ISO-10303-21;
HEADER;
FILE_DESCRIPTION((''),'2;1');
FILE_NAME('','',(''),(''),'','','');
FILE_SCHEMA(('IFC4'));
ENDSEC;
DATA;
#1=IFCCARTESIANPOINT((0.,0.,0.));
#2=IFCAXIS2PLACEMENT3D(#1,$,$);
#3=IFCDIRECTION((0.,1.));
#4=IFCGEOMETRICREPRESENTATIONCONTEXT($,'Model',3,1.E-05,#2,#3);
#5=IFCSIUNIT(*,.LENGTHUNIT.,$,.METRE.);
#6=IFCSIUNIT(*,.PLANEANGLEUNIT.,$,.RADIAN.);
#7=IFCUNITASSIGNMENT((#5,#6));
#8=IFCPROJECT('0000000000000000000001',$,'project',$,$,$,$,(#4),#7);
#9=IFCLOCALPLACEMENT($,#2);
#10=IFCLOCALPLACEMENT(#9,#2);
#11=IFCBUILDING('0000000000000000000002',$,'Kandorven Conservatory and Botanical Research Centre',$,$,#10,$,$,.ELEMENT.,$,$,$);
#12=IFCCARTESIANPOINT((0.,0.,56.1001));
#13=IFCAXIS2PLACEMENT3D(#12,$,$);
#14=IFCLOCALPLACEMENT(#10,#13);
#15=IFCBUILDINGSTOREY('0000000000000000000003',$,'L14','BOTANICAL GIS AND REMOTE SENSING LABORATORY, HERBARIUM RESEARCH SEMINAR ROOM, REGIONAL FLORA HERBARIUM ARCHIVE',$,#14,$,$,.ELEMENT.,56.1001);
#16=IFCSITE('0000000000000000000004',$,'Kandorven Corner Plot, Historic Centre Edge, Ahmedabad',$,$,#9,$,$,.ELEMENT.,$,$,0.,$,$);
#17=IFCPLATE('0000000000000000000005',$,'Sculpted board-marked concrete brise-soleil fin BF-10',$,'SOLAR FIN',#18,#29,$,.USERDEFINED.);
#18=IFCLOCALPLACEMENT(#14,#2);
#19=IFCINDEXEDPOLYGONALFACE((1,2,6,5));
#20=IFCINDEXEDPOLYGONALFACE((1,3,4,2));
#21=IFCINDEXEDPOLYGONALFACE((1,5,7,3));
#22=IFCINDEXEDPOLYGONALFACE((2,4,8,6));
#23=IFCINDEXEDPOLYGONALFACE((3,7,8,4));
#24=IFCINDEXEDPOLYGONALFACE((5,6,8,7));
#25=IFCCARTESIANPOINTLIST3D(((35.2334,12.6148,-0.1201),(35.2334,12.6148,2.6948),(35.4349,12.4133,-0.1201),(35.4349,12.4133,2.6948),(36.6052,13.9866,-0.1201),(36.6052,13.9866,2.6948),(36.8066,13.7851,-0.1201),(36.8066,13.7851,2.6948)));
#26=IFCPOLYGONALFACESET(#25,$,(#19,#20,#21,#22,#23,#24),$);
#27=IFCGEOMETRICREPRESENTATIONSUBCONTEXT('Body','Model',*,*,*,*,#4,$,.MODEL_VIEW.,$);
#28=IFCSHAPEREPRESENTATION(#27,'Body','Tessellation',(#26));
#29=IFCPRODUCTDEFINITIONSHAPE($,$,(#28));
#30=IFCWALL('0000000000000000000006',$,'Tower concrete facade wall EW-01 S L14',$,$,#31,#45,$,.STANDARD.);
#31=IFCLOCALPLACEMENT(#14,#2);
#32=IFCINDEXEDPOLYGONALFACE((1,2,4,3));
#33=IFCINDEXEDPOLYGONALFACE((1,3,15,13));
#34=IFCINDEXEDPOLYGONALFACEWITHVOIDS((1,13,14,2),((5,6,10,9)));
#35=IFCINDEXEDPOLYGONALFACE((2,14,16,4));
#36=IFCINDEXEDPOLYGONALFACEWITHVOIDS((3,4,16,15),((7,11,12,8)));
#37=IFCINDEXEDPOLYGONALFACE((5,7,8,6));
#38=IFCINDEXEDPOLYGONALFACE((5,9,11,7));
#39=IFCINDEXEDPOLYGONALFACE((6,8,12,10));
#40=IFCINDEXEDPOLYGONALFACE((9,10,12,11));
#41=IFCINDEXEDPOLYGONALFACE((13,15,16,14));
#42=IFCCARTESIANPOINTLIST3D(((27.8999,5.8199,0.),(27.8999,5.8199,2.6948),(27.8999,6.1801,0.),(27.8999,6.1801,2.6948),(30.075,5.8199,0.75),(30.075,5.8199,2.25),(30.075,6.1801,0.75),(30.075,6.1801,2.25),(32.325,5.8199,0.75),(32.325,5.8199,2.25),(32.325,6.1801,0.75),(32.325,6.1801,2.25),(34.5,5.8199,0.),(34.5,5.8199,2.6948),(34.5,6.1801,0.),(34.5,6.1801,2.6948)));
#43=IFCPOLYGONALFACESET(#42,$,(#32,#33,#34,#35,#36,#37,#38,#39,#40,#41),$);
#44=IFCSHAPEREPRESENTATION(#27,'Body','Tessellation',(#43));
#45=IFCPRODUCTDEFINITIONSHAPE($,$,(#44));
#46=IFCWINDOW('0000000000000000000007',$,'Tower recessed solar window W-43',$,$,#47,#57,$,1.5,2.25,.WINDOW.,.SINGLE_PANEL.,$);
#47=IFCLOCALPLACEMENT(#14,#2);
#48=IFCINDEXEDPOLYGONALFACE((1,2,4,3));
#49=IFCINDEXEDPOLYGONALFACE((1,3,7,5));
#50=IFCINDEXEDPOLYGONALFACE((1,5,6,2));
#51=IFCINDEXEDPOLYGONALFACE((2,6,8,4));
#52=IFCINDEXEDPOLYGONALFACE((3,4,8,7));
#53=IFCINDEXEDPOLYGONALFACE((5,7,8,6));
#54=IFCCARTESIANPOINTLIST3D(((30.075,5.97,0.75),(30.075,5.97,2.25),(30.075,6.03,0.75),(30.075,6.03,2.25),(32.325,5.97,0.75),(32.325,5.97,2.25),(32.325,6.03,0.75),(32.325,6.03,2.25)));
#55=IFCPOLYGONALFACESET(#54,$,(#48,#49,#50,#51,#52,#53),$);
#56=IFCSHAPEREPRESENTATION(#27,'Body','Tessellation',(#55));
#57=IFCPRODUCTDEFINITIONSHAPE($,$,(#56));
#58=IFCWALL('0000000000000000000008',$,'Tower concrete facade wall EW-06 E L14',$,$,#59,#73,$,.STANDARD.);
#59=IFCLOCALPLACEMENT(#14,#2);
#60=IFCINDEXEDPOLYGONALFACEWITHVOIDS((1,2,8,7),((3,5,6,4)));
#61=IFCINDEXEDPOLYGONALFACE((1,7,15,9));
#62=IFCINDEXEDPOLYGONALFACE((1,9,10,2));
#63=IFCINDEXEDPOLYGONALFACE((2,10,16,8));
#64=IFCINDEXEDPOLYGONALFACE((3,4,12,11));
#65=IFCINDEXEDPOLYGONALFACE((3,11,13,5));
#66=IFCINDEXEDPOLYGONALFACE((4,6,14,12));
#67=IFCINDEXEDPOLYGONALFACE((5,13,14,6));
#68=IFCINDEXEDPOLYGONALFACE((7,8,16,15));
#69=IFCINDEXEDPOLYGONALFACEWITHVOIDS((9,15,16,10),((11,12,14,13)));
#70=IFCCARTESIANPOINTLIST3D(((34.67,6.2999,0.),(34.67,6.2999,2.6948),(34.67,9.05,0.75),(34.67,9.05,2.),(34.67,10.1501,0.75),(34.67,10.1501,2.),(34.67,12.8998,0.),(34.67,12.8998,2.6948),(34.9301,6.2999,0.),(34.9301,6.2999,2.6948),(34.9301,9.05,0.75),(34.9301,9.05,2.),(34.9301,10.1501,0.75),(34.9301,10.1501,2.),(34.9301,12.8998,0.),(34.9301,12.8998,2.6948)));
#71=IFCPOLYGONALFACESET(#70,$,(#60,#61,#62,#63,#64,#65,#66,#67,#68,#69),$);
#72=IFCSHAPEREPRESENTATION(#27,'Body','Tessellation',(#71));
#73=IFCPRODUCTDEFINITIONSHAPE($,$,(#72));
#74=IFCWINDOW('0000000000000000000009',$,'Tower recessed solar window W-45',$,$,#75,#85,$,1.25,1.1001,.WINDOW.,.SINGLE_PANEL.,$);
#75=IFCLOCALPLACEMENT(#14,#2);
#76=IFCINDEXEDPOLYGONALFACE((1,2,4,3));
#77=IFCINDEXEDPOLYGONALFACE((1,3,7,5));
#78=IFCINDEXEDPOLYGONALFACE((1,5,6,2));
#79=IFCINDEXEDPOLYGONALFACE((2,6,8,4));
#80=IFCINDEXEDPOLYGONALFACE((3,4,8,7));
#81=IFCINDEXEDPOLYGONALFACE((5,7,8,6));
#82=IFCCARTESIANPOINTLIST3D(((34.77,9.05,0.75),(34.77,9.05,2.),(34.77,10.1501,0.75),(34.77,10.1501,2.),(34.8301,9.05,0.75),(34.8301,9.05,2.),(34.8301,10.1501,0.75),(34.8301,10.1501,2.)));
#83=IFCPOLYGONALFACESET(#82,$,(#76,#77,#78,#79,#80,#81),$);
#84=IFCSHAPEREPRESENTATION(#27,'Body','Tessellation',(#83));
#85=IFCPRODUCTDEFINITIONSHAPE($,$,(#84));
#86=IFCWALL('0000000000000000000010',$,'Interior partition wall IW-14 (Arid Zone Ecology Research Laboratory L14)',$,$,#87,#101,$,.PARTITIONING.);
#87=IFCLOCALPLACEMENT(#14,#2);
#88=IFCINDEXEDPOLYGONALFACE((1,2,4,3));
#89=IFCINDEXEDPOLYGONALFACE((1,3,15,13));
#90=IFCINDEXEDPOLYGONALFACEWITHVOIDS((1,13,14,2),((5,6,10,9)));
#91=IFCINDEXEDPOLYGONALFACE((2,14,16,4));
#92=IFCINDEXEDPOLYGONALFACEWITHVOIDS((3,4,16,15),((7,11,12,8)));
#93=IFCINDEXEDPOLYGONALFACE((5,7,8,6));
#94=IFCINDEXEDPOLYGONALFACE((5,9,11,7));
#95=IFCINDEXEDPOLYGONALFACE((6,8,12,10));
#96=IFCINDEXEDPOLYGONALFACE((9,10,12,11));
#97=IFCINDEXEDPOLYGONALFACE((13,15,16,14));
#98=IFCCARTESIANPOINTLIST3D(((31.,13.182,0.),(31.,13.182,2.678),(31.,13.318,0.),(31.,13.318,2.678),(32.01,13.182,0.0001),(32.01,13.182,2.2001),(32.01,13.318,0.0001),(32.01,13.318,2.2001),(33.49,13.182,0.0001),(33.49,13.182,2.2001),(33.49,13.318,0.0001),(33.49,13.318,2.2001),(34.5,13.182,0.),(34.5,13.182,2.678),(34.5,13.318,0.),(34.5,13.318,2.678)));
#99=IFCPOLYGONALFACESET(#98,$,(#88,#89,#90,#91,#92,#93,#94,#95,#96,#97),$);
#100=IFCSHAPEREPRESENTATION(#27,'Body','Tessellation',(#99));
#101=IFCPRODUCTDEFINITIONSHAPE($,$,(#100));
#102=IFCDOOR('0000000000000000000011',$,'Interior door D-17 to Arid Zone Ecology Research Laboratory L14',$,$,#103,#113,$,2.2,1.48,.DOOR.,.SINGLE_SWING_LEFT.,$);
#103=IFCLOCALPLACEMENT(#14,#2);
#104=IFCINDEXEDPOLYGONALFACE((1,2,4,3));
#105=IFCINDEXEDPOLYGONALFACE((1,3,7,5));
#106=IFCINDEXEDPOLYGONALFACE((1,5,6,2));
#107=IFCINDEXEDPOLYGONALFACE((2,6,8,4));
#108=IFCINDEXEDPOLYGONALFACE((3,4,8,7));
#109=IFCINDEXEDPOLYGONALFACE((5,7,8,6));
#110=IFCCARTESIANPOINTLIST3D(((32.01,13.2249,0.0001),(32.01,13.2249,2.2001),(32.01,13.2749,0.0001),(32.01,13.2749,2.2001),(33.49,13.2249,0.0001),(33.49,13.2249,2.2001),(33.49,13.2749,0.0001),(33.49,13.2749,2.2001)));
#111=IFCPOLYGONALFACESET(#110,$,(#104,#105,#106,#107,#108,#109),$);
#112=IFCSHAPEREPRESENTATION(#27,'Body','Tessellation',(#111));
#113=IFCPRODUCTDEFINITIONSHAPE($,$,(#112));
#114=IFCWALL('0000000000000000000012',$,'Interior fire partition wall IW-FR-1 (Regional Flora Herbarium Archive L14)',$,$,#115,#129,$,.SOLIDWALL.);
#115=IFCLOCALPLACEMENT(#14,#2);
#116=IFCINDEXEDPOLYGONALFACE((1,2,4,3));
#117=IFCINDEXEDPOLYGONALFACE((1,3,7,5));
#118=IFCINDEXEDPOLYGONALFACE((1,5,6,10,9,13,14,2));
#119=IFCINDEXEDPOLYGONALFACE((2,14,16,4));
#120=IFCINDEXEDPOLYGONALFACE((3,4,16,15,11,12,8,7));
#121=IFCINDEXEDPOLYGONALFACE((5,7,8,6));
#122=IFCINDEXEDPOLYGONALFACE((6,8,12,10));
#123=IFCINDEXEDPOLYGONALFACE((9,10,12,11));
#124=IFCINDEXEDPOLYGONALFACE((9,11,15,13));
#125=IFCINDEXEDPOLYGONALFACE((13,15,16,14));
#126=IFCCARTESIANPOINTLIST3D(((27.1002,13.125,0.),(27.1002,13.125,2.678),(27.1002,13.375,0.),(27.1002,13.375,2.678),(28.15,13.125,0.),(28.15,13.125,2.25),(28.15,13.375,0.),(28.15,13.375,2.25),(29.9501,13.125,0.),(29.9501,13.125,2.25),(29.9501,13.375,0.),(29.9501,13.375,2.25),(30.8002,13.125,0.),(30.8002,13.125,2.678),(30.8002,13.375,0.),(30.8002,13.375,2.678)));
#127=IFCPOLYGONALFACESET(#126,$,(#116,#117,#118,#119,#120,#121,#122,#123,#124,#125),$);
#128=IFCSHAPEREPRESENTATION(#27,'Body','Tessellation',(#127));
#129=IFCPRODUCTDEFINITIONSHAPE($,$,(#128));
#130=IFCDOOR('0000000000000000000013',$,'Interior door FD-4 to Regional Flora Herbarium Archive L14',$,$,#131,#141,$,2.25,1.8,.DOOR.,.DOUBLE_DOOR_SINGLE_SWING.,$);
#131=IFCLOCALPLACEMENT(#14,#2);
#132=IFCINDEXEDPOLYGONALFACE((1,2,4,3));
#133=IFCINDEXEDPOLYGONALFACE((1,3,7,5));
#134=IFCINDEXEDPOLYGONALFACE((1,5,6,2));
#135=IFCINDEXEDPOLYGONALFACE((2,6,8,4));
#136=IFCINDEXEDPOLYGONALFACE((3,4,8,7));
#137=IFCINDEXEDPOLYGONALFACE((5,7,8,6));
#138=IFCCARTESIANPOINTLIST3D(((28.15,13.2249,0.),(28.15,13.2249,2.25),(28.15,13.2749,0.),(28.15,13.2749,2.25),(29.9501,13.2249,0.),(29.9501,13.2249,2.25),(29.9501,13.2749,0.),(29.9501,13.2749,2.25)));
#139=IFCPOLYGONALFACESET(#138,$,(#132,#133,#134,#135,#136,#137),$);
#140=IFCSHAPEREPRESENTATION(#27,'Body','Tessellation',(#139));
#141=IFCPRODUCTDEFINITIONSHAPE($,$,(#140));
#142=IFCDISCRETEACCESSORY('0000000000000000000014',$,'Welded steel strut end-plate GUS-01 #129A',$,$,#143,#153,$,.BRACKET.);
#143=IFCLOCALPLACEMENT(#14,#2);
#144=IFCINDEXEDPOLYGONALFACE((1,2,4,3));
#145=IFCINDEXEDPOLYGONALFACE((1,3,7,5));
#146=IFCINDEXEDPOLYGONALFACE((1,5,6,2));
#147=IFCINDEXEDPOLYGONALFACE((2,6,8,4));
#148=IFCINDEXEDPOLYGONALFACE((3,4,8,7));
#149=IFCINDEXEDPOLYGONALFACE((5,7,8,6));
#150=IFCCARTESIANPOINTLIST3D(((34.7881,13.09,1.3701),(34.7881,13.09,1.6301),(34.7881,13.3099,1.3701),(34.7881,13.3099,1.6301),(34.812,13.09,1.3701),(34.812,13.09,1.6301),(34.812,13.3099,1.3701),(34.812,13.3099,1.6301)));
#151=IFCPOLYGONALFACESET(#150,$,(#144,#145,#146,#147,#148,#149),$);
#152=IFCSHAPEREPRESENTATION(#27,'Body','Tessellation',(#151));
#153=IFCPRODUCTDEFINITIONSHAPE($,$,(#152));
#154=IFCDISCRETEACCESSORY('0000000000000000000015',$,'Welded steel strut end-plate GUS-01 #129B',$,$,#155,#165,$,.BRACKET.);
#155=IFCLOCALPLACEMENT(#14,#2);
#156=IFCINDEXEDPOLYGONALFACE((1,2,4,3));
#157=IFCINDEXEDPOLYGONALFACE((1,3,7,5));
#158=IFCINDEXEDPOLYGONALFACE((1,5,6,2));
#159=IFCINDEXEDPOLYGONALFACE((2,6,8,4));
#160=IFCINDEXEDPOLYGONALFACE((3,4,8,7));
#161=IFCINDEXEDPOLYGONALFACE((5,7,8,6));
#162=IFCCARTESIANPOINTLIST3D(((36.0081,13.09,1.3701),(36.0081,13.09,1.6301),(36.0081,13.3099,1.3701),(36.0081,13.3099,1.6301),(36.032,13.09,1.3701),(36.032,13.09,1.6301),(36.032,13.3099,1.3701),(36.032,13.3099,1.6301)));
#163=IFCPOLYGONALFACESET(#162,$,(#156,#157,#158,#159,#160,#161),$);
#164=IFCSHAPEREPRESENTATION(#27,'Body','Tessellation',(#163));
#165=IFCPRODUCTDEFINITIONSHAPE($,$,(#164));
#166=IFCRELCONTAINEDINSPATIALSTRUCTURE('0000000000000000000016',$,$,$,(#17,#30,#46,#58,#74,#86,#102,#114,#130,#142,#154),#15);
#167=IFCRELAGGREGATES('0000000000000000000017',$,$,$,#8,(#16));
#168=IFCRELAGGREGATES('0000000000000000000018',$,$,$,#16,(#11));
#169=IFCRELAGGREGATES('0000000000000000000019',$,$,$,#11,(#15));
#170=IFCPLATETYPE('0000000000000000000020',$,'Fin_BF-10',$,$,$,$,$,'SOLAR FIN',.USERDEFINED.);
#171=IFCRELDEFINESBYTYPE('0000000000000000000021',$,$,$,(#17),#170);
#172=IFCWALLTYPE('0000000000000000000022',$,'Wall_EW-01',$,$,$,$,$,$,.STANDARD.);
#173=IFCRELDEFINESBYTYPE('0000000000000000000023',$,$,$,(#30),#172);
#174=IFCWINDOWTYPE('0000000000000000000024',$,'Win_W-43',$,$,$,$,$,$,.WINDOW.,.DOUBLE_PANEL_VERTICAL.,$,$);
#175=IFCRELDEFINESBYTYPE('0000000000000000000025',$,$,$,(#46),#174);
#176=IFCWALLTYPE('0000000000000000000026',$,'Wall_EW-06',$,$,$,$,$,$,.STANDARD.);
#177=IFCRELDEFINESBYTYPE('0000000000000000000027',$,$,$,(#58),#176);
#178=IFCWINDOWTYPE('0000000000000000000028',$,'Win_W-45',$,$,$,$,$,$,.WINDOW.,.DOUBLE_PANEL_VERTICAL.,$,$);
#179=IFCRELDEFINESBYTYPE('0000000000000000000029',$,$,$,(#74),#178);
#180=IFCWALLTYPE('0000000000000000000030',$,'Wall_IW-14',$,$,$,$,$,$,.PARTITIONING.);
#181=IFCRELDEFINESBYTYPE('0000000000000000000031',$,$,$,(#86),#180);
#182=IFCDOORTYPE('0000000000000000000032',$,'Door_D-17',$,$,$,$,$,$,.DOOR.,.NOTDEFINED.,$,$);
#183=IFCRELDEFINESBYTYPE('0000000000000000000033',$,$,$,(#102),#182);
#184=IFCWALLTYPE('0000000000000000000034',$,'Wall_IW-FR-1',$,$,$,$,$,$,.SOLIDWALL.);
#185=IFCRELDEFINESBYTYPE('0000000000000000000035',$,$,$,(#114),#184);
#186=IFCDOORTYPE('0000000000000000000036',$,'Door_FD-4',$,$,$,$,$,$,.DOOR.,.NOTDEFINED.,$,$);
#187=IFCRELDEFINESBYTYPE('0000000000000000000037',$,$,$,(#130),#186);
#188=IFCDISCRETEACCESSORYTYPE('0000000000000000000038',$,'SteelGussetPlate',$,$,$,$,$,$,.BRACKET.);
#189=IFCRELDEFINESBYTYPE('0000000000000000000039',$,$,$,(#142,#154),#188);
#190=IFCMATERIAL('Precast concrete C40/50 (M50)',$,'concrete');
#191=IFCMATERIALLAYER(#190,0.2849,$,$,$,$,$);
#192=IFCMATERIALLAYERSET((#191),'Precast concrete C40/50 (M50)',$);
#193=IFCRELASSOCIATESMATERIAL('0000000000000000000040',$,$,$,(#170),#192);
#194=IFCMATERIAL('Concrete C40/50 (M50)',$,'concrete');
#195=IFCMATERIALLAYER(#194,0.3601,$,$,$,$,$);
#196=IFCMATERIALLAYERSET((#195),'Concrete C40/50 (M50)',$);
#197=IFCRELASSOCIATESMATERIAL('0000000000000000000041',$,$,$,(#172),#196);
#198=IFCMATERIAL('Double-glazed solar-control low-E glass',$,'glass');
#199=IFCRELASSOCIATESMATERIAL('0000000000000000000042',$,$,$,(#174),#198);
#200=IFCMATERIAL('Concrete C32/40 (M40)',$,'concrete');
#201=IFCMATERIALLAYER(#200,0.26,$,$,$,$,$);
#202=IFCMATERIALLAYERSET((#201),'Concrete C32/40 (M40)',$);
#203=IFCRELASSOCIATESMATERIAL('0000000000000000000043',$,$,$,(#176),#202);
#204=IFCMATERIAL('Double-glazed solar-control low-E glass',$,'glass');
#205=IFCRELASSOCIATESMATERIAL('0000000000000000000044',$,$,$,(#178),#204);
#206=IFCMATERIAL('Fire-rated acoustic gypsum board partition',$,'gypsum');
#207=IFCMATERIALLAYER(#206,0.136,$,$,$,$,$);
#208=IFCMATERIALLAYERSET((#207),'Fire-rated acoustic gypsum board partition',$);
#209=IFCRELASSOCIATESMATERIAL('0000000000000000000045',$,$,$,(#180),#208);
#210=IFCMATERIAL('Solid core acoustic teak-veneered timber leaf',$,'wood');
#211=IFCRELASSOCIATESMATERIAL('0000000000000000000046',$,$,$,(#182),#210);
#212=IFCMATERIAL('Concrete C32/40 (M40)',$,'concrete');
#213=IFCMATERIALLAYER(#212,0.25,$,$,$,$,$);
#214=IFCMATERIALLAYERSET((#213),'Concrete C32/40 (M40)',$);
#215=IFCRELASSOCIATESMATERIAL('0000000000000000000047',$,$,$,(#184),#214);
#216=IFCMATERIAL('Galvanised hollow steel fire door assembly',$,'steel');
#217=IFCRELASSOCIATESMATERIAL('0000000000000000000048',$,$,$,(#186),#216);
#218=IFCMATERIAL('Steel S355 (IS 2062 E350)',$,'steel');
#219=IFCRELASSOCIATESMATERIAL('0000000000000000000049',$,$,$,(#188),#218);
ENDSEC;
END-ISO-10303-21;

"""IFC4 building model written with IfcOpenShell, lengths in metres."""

from ifc_helpers import new_model, si_unit, direction, frame, frame_2d, origin, origin_2d, place, context, subcontext, project, spatial, rectangle, extrude, material, layer, layer_set, type_object, element, fill, save


model = new_model("IFC4")

# Units and contexts
model_context = context("Model", 3, precision=1e-05, world=origin(), true_north=direction((0.0, 1.0)))
body_context = subcontext(model_context, "Body", "Model", "MODEL_VIEW")
ifc_project = project(units=[si_unit("LENGTHUNIT", "METRE"), si_unit("PLANEANGLEUNIT", "RADIAN")], contexts=[model_context])

# Site, building, storey
site_placement = place(None, origin())
site = spatial("IfcSite", under=ifc_project, at=site_placement, Name="Kandorven Corner Plot, Historic Centre Edge, Ahmedabad", CompositionType="ELEMENT", RefElevation=0.0)
building_placement = place(site_placement, origin())
building = spatial("IfcBuilding", under=site, at=building_placement, Name="Kandorven Conservatory and Botanical Research Centre", CompositionType="ELEMENT")
storey_placement = place(building_placement, frame((0.0, 0.0, 56.1001)))
storey = spatial("IfcBuildingStorey", under=building, at=storey_placement, Name="L14", Description="BOTANICAL GIS AND REMOTE SENSING LABORATORY, HERBARIUM RESEARCH SEMINAR ROOM, REGIONAL FLORA HERBARIUM ARCHIVE", CompositionType="ELEMENT", Elevation=56.1001)

# Plate
ifc_material_1 = material(Name="Precast concrete C40/50 (M50)", Category="concrete")
ifc_layer_1 = layer(ifc_material_1, 0.2849)
ifc_layer_set_1 = layer_set([ifc_layer_1], Name="Precast concrete C40/50 (M50)")
plate_type_1 = type_object("IfcPlateType", Name="Fin_BF-10", ElementType="SOLAR FIN", PredefinedType="USERDEFINED", material=ifc_layer_set_1)
plate_1_placement = place(storey_placement, frame((36.02, 13.2, -0.1201), z_axis=(0.0, 0.0, 1.0), x_axis=(0.707107, 0.707107, 0.0)))
element("IfcPlate", 1, at=plate_1_placement, inside=storey, type_object=plate_type_1, Name="Sculpted board-marked concrete brise-soleil fin BF-10", ObjectType="SOLAR FIN", PredefinedType="USERDEFINED", context=body_context, shape_type="SweptSolid", body=[
    extrude(rectangle(XDim=1.9399, YDim=0.2849, at=origin_2d()), origin(), (0.0, 0.0, 1.0), 2.8149),
])

# Walls, openings, windows
ifc_material_2 = material(Name="Concrete C40/50 (M50)", Category="concrete")
ifc_layer_2 = layer(ifc_material_2, 0.3601)
ifc_layer_set_2 = layer_set([ifc_layer_2], Name="Concrete C40/50 (M50)")
wall_type_1 = type_object("IfcWallType", Name="Wall_EW-01", PredefinedType="STANDARD", material=ifc_layer_set_2)
wall_1_placement = place(storey_placement, frame((27.8999, 6.0, 0.0), z_axis=(0.0, 0.0, 1.0), x_axis=(1.0, 0.0, 0.0)))
wall_1 = element("IfcWall", 2, at=wall_1_placement, inside=storey, type_object=wall_type_1, Name="Tower concrete facade wall EW-01 S L14", PredefinedType="STANDARD", context=body_context, shape_type="SweptSolid", body=[
    extrude(rectangle(XDim=6.6001, YDim=0.3601, at=frame_2d((3.3, 0.0))), origin(), (0.0, 0.0, 1.0), 2.6948),
])
opening_1_placement = place(wall_1_placement, frame((2.175, 0.0, 0.75)))
opening_1 = element("IfcOpeningElement", 3, at=opening_1_placement, cuts=wall_1, PredefinedType="OPENING", context=body_context, shape_type="SweptSolid", body=[
    extrude(rectangle(XDim=2.25, YDim=1.5, at=frame_2d((1.125, 0.75))), frame((0.0, 0.1899, 0.0), z_axis=(0.0, -1.0, 0.0), x_axis=(1.0, 0.0, 0.0)), (0.0, 0.0, 1.0), 0.3801),
])
ifc_material_3 = material(Name="Double-glazed solar-control low-E glass", Category="glass")
window_type_1 = type_object("IfcWindowType", Name="Win_W-43", PartitioningType="DOUBLE_PANEL_VERTICAL", PredefinedType="WINDOW", material=ifc_material_3)
window_1_placement = place(opening_1_placement, origin())
window_1 = element("IfcWindow", 4, at=window_1_placement, inside=storey, type_object=window_type_1, Name="Tower recessed solar window W-43", OverallHeight=1.5, OverallWidth=2.25, PartitioningType="SINGLE_PANEL", PredefinedType="WINDOW", context=body_context, shape_type="SweptSolid", body=[
    extrude(rectangle(XDim=2.25, YDim=1.5, at=frame_2d((1.125, 0.75))), frame((0.0, 0.03, 0.0), z_axis=(0.0, -1.0, 0.0), x_axis=(1.0, 0.0, 0.0)), (0.0, 0.0, 1.0), 0.0601),
])
fill(opening_1, window_1)
ifc_material_4 = material(Name="Concrete C32/40 (M40)", Category="concrete")
ifc_layer_3 = layer(ifc_material_4, 0.26)
ifc_layer_set_3 = layer_set([ifc_layer_3], Name="Concrete C32/40 (M40)")
wall_type_2 = type_object("IfcWallType", Name="Wall_EW-06", PredefinedType="STANDARD", material=ifc_layer_set_3)
wall_2_placement = place(storey_placement, frame((34.8, 6.3, 0.0), z_axis=(0.0, 0.0, 1.0), x_axis=(0.0, 1.0, 0.0)))
wall_2 = element("IfcWall", 5, at=wall_2_placement, inside=storey, type_object=wall_type_2, Name="Tower concrete facade wall EW-06 E L14", PredefinedType="STANDARD", context=body_context, shape_type="SweptSolid", body=[
    extrude(rectangle(XDim=6.5999, YDim=0.26, at=frame_2d((3.2998, 0.0))), origin(), (0.0, 0.0, 1.0), 2.6948),
])
opening_2_placement = place(wall_2_placement, frame((2.75, 0.0, 0.75)))
opening_2 = element("IfcOpeningElement", 6, at=opening_2_placement, cuts=wall_2, PredefinedType="OPENING", context=body_context, shape_type="SweptSolid", body=[
    extrude(rectangle(XDim=1.1001, YDim=1.25, at=frame_2d((0.55, 0.625))), frame((0.0, 0.1399, 0.0), z_axis=(0.0, -1.0, 0.0), x_axis=(1.0, 0.0, 0.0)), (0.0, 0.0, 1.0), 0.28),
])
ifc_material_5 = material(Name="Double-glazed solar-control low-E glass", Category="glass")
window_type_2 = type_object("IfcWindowType", Name="Win_W-45", PartitioningType="DOUBLE_PANEL_VERTICAL", PredefinedType="WINDOW", material=ifc_material_5)
window_2_placement = place(opening_2_placement, origin())
window_2 = element("IfcWindow", 7, at=window_2_placement, inside=storey, type_object=window_type_2, Name="Tower recessed solar window W-45", OverallHeight=1.25, OverallWidth=1.1001, PartitioningType="SINGLE_PANEL", PredefinedType="WINDOW", context=body_context, shape_type="SweptSolid", body=[
    extrude(rectangle(XDim=1.1001, YDim=1.25, at=frame_2d((0.55, 0.625))), frame((0.0, 0.03, 0.0), z_axis=(0.0, -1.0, 0.0), x_axis=(1.0, 0.0, 0.0)), (0.0, 0.0, 1.0), 0.0601),
])
fill(opening_2, window_2)

# Walls, openings, doors
ifc_material_6 = material(Name="Fire-rated acoustic gypsum board partition", Category="gypsum")
ifc_layer_4 = layer(ifc_material_6, 0.136)
ifc_layer_set_4 = layer_set([ifc_layer_4], Name="Fire-rated acoustic gypsum board partition")
wall_type_3 = type_object("IfcWallType", Name="Wall_IW-14", PredefinedType="PARTITIONING", material=ifc_layer_set_4)
wall_3_placement = place(storey_placement, frame((31.0, 13.25, 0.0), z_axis=(0.0, 0.0, 1.0), x_axis=(1.0, 0.0, 0.0)))
wall_3 = element("IfcWall", 8, at=wall_3_placement, inside=storey, type_object=wall_type_3, Name="Interior partition wall IW-14 (Arid Zone Ecology Research Laboratory L14)", PredefinedType="PARTITIONING", context=body_context, shape_type="SweptSolid", body=[
    extrude(rectangle(XDim=3.5, YDim=0.136, at=frame_2d((1.75, 0.0))), origin(), (0.0, 0.0, 1.0), 2.678),
])
opening_3_placement = place(wall_3_placement, frame((1.01, 0.0, 0.0)))
opening_3 = element("IfcOpeningElement", 9, at=opening_3_placement, cuts=wall_3, PredefinedType="OPENING", context=body_context, shape_type="SweptSolid", body=[
    extrude(rectangle(XDim=1.48, YDim=2.2, at=frame_2d((0.74, 1.1001))), frame((0.0, 0.0779, 0.0), z_axis=(0.0, -1.0, 0.0), x_axis=(1.0, 0.0, 0.0)), (0.0, 0.0, 1.0), 0.156),
])
ifc_material_7 = material(Name="Solid core acoustic teak-veneered timber leaf", Category="wood")
door_type_1 = type_object("IfcDoorType", Name="Door_D-17", OperationType="NOTDEFINED", PredefinedType="DOOR", material=ifc_material_7)
door_1_placement = place(opening_3_placement, origin())
door_1 = element("IfcDoor", 10, at=door_1_placement, inside=storey, type_object=door_type_1, Name="Interior door D-17 to Arid Zone Ecology Research Laboratory L14", OperationType="SINGLE_SWING_LEFT", OverallHeight=2.2, OverallWidth=1.48, PredefinedType="DOOR", context=body_context, shape_type="SweptSolid", body=[
    extrude(rectangle(XDim=1.48, YDim=2.2, at=frame_2d((0.74, 1.1001))), frame((0.0, 0.0249, 0.0), z_axis=(0.0, -1.0, 0.0), x_axis=(1.0, 0.0, 0.0)), (0.0, 0.0, 1.0), 0.05),
])
fill(opening_3, door_1)
ifc_material_8 = material(Name="Concrete C32/40 (M40)", Category="concrete")
ifc_layer_5 = layer(ifc_material_8, 0.25)
ifc_layer_set_5 = layer_set([ifc_layer_5], Name="Concrete C32/40 (M40)")
wall_type_4 = type_object("IfcWallType", Name="Wall_IW-FR-1", PredefinedType="SOLIDWALL", material=ifc_layer_set_5)
wall_4_placement = place(storey_placement, frame((27.1001, 13.25, 0.0), z_axis=(0.0, 0.0, 1.0), x_axis=(1.0, 0.0, 0.0)))
wall_4 = element("IfcWall", 11, at=wall_4_placement, inside=storey, type_object=wall_type_4, Name="Interior fire partition wall IW-FR-1 (Regional Flora Herbarium Archive L14)", PredefinedType="SOLIDWALL", context=body_context, shape_type="SweptSolid", body=[
    extrude(rectangle(XDim=3.7, YDim=0.25, at=frame_2d((1.8501, 0.0))), origin(), (0.0, 0.0, 1.0), 2.678),
])
opening_4_placement = place(wall_4_placement, frame((1.05, 0.0, 0.0)))
opening_4 = element("IfcOpeningElement", 12, at=opening_4_placement, cuts=wall_4, PredefinedType="OPENING", context=body_context, shape_type="SweptSolid", body=[
    extrude(rectangle(XDim=1.8, YDim=2.25, at=frame_2d((0.8999, 1.125))), frame((0.0, 0.135, 0.0), z_axis=(0.0, -1.0, 0.0), x_axis=(1.0, 0.0, 0.0)), (0.0, 0.0, 1.0), 0.27),
])
ifc_material_9 = material(Name="Galvanised hollow steel fire door assembly", Category="steel")
door_type_2 = type_object("IfcDoorType", Name="Door_FD-4", OperationType="NOTDEFINED", PredefinedType="DOOR", material=ifc_material_9)
door_2_placement = place(opening_4_placement, origin())
door_2 = element("IfcDoor", 13, at=door_2_placement, inside=storey, type_object=door_type_2, Name="Interior door FD-4 to Regional Flora Herbarium Archive L14", OperationType="DOUBLE_DOOR_SINGLE_SWING", OverallHeight=2.25, OverallWidth=1.8, PredefinedType="DOOR", context=body_context, shape_type="SweptSolid", body=[
    extrude(rectangle(XDim=1.8, YDim=2.25, at=frame_2d((0.8999, 1.125))), frame((0.0, 0.0249, 0.0), z_axis=(0.0, -1.0, 0.0), x_axis=(1.0, 0.0, 0.0)), (0.0, 0.0, 1.0), 0.05),
])
fill(opening_4, door_2)

# Discrete accessories
ifc_material_10 = material(Name="Steel S355 (IS 2062 E350)", Category="steel")
discrete_accessory_type = type_object("IfcDiscreteAccessoryType", Name="SteelGussetPlate", PredefinedType="BRACKET", material=ifc_material_10)
for number, where, z_axis, x_axis, name in (
    (14, (34.8, 13.2, 1.3701), (0.0, 0.0, 1.0), (1.0, 0.0, 0.0), "Welded steel strut end-plate GUS-01 #129A"),
    (15, (36.02, 13.2, 1.3701), (0.0, 0.0, 1.0), (1.0, 0.0, 0.0), "Welded steel strut end-plate GUS-01 #129B"),
):
    element("IfcDiscreteAccessory", number, at=place(storey_placement, frame(where, z_axis=z_axis, x_axis=x_axis)), inside=storey, type_object=discrete_accessory_type, Name=name, PredefinedType="BRACKET", context=body_context, shape_type="SweptSolid", body=[
        extrude(rectangle(XDim=0.0239, YDim=0.22, at=origin_2d()), origin(), (0.0, 0.0, 1.0), 0.26),
    ])

save(model, "model.ifc")
